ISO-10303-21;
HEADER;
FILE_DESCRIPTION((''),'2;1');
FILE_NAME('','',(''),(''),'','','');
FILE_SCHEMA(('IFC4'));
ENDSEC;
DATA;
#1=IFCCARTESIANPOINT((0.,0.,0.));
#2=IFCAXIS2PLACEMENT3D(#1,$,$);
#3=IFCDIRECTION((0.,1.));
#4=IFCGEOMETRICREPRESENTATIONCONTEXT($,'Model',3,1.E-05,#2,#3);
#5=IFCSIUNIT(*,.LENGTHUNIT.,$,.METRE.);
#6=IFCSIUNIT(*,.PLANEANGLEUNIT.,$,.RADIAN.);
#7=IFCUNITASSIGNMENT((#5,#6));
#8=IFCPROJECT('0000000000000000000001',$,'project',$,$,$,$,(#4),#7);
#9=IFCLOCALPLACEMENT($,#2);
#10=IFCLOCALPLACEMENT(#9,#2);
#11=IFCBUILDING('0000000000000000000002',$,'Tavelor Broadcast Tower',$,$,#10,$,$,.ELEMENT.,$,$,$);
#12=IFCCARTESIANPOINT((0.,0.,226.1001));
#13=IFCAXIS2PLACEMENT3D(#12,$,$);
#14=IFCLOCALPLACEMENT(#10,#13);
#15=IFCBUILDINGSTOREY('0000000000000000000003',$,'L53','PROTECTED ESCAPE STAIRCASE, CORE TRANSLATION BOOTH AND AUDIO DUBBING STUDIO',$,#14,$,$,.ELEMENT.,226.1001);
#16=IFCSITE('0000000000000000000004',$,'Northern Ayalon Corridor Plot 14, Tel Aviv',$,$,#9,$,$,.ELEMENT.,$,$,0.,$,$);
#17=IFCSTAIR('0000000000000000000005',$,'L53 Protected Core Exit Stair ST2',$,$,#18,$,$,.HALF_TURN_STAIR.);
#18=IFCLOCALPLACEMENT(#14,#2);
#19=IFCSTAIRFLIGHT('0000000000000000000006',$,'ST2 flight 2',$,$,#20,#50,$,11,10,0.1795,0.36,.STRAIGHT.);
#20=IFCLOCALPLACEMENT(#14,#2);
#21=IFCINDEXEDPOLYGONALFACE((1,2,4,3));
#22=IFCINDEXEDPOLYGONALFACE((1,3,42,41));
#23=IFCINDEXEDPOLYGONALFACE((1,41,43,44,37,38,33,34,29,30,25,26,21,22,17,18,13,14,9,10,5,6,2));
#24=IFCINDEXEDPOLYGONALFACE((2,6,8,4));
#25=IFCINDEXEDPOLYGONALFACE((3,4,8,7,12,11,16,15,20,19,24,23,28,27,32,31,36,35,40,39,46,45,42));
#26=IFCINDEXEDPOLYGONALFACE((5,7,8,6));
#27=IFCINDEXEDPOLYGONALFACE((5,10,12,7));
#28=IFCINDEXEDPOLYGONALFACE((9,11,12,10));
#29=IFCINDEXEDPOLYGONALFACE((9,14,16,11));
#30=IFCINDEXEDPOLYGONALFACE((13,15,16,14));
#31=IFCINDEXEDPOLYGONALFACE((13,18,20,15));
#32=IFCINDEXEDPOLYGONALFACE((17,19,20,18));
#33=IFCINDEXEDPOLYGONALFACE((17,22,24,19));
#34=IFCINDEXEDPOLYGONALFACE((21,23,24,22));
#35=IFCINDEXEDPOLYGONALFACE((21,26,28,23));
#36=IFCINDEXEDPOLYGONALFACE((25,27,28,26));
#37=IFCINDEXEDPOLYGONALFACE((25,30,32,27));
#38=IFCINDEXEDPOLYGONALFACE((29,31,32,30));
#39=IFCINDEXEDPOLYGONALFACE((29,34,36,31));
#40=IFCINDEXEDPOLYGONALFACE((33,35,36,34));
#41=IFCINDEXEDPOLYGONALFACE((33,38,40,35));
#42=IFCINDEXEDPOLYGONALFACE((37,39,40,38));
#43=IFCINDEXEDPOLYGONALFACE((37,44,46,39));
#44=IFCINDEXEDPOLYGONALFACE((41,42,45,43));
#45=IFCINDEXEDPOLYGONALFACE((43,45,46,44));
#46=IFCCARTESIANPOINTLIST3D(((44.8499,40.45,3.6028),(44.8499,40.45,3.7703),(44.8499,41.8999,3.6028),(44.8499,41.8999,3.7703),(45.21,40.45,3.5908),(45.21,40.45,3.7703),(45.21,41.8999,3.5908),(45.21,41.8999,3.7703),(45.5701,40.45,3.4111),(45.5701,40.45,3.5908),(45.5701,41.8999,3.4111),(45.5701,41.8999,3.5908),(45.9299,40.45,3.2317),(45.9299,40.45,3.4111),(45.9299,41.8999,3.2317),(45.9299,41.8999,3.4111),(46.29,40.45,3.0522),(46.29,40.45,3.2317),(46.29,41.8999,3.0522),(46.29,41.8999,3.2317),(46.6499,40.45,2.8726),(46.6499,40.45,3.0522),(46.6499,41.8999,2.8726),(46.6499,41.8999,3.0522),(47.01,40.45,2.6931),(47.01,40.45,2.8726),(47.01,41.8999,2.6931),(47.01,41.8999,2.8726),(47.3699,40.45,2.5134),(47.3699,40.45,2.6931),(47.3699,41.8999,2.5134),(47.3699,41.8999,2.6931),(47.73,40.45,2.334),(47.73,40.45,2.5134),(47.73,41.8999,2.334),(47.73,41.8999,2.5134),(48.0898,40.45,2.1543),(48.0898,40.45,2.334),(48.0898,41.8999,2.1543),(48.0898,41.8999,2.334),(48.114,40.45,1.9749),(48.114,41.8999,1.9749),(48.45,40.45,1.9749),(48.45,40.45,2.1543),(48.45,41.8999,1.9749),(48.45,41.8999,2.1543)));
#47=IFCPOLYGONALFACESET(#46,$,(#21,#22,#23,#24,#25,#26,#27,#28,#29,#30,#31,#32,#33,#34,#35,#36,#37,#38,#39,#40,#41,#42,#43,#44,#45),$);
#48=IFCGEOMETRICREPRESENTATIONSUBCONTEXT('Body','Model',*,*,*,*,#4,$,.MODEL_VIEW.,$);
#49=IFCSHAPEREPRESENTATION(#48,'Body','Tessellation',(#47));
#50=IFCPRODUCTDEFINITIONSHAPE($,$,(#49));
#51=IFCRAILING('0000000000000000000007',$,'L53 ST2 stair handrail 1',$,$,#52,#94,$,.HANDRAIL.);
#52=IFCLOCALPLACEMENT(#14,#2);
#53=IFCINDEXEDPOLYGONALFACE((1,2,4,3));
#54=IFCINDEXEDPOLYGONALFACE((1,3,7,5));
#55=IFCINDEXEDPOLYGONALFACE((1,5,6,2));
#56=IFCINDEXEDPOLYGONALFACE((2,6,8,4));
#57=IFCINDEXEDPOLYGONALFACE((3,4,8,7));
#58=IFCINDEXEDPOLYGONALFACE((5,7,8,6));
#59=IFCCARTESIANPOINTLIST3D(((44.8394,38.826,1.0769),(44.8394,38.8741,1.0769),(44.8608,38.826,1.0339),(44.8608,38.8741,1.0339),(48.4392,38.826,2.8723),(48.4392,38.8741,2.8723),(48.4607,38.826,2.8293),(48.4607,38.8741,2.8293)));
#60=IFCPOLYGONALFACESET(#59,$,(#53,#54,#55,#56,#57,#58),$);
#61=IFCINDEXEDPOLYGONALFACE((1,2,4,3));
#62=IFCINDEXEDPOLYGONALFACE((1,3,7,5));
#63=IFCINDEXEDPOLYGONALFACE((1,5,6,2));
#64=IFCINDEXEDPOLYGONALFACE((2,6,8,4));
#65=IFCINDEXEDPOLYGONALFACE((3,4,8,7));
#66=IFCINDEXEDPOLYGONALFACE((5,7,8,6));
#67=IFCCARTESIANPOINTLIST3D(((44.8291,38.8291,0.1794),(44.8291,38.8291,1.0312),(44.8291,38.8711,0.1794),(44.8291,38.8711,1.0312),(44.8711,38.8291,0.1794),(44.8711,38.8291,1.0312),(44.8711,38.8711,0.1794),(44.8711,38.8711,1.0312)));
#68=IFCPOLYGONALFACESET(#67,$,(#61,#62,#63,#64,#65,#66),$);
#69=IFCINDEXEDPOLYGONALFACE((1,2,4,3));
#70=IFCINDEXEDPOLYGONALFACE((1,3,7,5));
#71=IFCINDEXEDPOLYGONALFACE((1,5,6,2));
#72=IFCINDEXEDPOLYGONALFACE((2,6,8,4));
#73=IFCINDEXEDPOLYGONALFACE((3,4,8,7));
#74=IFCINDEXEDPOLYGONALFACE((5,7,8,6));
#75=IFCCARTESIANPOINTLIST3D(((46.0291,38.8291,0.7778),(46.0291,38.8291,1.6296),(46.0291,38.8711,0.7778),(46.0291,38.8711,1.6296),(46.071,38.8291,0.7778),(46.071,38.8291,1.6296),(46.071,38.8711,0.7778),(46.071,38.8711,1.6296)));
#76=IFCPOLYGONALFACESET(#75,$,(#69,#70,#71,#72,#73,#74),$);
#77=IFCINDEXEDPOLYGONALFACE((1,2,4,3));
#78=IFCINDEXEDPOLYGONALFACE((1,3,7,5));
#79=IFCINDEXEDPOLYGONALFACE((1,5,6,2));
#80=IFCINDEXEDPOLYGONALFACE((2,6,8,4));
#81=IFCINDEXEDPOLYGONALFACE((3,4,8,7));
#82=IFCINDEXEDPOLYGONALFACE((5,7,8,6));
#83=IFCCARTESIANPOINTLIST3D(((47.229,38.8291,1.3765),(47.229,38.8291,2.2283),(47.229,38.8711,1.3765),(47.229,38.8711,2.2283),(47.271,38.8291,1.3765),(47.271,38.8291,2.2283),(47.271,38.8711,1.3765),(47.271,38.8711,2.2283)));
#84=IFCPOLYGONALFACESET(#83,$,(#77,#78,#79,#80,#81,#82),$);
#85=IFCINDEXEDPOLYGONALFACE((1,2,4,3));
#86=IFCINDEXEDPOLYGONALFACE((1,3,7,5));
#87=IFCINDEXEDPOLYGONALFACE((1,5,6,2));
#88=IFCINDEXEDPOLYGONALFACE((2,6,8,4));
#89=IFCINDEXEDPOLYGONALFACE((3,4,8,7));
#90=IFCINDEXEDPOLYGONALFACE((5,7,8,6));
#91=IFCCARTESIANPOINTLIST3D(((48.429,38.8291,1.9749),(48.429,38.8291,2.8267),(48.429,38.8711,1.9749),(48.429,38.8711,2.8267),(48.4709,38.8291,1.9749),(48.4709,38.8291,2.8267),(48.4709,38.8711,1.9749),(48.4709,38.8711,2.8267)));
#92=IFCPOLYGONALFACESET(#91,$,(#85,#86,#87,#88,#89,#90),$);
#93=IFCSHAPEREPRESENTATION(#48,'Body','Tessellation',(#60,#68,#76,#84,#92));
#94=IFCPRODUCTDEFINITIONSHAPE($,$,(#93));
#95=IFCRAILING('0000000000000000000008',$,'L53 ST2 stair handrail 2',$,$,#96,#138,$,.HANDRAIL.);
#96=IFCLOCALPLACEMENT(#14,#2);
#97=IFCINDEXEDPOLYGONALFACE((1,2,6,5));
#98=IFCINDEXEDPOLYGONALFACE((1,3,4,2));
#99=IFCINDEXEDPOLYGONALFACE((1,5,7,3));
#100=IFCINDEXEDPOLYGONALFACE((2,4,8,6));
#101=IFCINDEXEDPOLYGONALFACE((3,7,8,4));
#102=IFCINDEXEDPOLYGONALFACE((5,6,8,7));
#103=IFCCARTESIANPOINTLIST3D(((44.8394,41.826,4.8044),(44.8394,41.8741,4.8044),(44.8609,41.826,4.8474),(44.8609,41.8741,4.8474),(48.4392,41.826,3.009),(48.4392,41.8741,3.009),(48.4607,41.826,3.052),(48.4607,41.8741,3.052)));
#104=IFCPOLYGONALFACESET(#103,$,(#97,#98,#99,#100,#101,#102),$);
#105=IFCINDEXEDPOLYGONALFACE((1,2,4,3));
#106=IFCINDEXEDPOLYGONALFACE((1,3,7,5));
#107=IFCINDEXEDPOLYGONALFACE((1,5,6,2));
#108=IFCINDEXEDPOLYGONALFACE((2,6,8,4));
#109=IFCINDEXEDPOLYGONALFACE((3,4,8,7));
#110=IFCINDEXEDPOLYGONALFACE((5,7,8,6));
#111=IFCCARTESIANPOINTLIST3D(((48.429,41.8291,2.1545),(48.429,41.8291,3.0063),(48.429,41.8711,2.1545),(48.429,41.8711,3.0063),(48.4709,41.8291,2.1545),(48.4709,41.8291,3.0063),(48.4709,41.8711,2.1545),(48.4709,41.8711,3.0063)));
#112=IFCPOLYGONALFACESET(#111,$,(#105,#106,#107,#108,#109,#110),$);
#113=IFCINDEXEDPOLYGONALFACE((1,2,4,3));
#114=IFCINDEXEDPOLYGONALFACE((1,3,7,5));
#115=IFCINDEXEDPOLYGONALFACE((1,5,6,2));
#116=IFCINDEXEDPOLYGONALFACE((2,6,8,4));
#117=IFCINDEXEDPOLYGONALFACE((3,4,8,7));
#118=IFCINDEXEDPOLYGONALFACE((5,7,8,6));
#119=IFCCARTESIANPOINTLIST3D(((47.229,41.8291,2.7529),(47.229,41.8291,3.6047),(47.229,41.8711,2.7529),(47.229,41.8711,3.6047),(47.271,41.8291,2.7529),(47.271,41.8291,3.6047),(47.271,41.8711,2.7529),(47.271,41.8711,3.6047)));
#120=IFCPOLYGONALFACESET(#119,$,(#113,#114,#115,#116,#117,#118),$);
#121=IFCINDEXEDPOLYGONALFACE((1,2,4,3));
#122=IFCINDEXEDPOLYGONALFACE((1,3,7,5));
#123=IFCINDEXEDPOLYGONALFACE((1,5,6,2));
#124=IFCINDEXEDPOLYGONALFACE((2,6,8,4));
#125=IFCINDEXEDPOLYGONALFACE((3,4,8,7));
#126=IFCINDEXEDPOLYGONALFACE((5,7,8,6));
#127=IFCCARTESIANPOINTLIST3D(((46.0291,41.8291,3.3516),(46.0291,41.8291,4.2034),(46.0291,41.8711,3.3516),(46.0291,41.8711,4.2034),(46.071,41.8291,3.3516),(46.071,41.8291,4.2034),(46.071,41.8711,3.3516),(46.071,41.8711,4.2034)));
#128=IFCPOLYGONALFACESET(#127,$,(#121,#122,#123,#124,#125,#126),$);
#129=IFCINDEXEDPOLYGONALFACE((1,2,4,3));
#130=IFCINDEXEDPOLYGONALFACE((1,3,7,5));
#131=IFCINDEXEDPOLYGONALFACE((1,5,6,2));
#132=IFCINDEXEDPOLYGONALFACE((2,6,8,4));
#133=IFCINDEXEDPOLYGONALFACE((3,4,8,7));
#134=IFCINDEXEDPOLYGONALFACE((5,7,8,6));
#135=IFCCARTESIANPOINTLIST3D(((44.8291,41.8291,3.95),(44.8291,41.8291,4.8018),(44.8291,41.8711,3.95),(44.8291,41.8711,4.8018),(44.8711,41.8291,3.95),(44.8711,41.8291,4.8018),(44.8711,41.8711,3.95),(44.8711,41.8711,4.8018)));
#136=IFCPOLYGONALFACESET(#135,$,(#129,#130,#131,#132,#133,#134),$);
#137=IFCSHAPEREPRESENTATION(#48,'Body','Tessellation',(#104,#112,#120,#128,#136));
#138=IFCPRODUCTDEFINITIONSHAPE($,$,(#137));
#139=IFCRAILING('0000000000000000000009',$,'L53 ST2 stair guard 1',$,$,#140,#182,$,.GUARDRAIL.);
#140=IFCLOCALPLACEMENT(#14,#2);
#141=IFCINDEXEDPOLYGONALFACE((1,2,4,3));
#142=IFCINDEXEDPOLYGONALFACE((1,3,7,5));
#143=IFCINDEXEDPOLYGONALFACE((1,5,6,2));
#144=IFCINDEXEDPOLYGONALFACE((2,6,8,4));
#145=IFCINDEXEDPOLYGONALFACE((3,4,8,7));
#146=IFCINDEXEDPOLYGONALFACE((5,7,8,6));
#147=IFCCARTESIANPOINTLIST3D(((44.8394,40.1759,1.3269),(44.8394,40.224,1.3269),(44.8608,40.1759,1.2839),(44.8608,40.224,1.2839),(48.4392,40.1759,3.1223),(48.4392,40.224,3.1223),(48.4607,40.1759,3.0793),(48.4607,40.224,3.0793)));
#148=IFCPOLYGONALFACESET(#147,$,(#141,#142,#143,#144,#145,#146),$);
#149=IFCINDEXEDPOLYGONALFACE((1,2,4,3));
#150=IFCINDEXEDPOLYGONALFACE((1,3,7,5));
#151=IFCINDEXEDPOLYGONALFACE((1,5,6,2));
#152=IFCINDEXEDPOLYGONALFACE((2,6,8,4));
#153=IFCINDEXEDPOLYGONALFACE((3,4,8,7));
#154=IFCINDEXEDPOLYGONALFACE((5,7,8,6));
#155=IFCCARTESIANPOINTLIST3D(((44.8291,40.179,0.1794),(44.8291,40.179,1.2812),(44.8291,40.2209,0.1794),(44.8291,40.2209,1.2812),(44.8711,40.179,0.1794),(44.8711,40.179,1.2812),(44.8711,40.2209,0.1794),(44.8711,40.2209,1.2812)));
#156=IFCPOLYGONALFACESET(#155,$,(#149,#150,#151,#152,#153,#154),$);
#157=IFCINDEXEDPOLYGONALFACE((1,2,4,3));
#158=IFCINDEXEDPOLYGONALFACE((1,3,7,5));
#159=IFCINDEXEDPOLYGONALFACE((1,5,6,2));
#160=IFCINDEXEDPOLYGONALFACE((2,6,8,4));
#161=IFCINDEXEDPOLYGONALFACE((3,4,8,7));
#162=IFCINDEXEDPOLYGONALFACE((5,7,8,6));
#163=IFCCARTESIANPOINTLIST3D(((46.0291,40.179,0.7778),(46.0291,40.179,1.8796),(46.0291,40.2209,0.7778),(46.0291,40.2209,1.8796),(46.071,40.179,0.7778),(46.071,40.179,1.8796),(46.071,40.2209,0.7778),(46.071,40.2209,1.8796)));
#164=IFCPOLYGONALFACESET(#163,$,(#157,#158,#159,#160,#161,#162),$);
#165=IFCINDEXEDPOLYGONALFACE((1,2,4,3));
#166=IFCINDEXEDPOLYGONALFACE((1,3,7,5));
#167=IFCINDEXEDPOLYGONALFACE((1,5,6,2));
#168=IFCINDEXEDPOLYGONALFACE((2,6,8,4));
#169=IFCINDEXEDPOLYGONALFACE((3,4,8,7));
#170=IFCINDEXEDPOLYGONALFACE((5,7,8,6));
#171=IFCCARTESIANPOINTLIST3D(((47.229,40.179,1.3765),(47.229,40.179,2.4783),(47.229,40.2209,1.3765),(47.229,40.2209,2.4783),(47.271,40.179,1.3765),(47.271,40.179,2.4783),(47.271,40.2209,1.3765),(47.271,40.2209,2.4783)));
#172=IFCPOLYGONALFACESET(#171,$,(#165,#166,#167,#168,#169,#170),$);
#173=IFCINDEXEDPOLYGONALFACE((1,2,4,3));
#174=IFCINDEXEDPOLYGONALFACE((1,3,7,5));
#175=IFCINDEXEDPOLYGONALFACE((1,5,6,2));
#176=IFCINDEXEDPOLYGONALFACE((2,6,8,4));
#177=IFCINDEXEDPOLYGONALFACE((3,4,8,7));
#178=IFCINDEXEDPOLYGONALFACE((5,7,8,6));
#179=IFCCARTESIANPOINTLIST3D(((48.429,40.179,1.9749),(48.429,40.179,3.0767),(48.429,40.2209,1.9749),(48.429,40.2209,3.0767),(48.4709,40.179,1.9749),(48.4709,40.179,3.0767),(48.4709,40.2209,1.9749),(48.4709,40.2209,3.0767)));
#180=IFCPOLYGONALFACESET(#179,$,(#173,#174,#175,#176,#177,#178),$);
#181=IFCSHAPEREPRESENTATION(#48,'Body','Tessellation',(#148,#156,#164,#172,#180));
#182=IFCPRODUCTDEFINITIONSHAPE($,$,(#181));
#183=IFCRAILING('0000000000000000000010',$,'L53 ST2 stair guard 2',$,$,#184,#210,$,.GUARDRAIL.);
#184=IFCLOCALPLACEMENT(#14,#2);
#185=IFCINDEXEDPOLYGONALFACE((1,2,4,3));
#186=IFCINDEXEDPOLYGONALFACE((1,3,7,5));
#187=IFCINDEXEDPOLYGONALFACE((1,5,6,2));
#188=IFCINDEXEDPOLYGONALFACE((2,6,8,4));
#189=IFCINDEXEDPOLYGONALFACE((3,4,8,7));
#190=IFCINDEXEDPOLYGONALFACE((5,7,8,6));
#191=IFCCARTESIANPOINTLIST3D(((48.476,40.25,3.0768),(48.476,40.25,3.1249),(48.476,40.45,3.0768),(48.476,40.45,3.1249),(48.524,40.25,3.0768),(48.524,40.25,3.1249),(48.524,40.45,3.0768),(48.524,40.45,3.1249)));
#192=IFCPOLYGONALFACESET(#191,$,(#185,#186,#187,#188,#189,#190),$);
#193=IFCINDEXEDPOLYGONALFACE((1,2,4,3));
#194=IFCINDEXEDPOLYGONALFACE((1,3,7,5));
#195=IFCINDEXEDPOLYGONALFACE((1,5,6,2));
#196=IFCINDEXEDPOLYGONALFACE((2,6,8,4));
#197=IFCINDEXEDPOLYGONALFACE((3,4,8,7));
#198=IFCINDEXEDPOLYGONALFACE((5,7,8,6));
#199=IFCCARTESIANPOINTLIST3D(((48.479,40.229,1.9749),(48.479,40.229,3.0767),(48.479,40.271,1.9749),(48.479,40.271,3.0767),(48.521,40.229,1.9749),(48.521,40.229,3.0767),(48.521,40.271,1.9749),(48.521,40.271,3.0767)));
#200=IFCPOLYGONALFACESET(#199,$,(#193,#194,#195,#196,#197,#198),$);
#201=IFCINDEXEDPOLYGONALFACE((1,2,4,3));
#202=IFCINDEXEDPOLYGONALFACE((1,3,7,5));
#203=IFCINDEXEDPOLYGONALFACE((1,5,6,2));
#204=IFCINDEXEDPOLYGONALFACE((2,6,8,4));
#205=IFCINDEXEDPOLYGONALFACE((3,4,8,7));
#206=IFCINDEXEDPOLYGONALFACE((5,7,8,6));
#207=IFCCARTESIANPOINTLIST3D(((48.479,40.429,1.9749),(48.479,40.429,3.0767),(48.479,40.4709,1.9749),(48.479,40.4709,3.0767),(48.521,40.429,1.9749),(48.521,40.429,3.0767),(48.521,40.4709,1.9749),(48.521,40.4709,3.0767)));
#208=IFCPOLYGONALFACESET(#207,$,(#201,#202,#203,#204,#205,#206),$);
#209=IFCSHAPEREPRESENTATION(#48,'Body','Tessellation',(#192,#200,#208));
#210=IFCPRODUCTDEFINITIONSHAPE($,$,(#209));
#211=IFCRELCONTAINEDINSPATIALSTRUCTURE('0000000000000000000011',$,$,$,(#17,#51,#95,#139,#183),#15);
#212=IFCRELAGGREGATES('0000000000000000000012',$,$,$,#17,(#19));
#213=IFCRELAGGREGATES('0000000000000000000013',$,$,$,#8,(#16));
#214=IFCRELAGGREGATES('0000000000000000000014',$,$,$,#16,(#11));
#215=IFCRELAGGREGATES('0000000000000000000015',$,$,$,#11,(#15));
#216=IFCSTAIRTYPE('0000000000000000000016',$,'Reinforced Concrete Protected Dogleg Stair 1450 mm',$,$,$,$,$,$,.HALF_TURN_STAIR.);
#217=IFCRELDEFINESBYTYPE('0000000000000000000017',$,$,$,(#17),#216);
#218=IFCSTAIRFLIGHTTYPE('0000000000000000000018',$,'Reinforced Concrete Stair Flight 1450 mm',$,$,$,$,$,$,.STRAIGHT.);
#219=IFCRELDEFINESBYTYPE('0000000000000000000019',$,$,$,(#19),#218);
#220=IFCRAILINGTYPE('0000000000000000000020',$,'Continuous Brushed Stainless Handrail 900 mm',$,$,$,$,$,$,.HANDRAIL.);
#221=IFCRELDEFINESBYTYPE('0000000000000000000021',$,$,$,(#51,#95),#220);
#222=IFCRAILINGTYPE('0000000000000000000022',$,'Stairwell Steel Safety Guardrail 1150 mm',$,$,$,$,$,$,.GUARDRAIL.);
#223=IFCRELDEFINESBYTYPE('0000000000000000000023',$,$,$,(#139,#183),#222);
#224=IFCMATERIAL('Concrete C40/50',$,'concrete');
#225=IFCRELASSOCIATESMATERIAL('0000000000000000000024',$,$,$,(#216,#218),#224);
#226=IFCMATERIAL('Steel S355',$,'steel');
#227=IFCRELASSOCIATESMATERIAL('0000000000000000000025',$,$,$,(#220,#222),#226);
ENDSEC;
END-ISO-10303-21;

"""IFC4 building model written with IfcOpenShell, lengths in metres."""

from ifc_helpers import new_model, si_unit, direction, frame, origin, origin_2d, place, context, subcontext, project, spatial, polyline, rectangle, outline, extrude, material, type_object, element, aggregate, save


model = new_model("IFC4")

# Units and contexts
model_context = context("Model", 3, precision=1e-05, world=origin(), true_north=direction((0.0, 1.0)))
body_context = subcontext(model_context, "Body", "Model", "MODEL_VIEW")
ifc_project = project(units=[si_unit("LENGTHUNIT", "METRE"), si_unit("PLANEANGLEUNIT", "RADIAN")], contexts=[model_context])

# Site, building, storey
site_placement = place(None, origin())
site = spatial("IfcSite", under=ifc_project, at=site_placement, Name="Northern Ayalon Corridor Plot 14, Tel Aviv", CompositionType="ELEMENT", RefElevation=0.0)
building_placement = place(site_placement, origin())
building = spatial("IfcBuilding", under=site, at=building_placement, Name="Tavelor Broadcast Tower", CompositionType="ELEMENT")
storey_placement = place(building_placement, frame((0.0, 0.0, 226.1001)))
storey = spatial("IfcBuildingStorey", under=building, at=storey_placement, Name="L53", Description="PROTECTED ESCAPE STAIRCASE, CORE TRANSLATION BOOTH AND AUDIO DUBBING STUDIO", CompositionType="ELEMENT", Elevation=226.1001)

# Shared definitions
ifc_material_1 = material(Name="Concrete C40/50", Category="concrete")
ifc_material_2 = material(Name="Steel S355", Category="steel")

# Stair, stair flight
stair_type = type_object("IfcStairType", Name="Reinforced Concrete Protected Dogleg Stair 1450 mm", PredefinedType="HALF_TURN_STAIR", material=ifc_material_1)
stair_placement = place(storey_placement, origin())
stair = element("IfcStair", 1, at=stair_placement, inside=storey, type_object=stair_type, Name="L53 Protected Core Exit Stair ST2", PredefinedType="HALF_TURN_STAIR")
stair_flight_type = type_object("IfcStairFlightType", Name="Reinforced Concrete Stair Flight 1450 mm", PredefinedType="STRAIGHT", material=ifc_material_1)
stair_flight_1_placement = place(storey_placement, frame((48.45, 41.175, 1.9749), z_axis=(0.0, 0.0, 1.0), x_axis=(-1.0, 0.0, 0.0)))
stair_flight_1 = element("IfcStairFlight", 2, at=stair_flight_1_placement, type_object=stair_flight_type, Name="ST2 flight 2", NumberOfRisers=11, NumberOfTreads=10, PredefinedType="STRAIGHT", RiserHeight=0.1795, TreadLength=0.36, context=body_context, shape_type="SweptSolid", body=[
    extrude(outline(polyline([(0.0, 0.0), (0.0, 0.1794), (0.3601, 0.1794), (0.3601, 0.3591), (0.72, 0.3591), (0.72, 0.5386), (1.0801, 0.5386), (1.0801, 0.7183), (1.4399, 0.7183), (1.4399, 0.8977), (1.8, 0.8977), (1.8, 1.0774), (2.1599, 1.0774), (2.1599, 1.2568), (2.52, 1.2568), (2.52, 1.4363), (2.8799, 1.4363), (2.8799, 1.616), (3.24, 1.616), (3.24, 1.7954), (3.6001, 1.7954), (3.6001, 1.9751), (3.6001, 1.6279), (0.3359, 0.0), (0.0, 0.0)])), frame((0.0, 0.7251, 0.0), z_axis=(0.0, -1.0, 0.0), x_axis=(1.0, 0.0, 0.0)), (0.0, 0.0, 1.0), 1.45),
])
aggregate(stair, [stair_flight_1])

# Railings
railing_type_1 = type_object("IfcRailingType", Name="Continuous Brushed Stainless Handrail 900 mm", PredefinedType="HANDRAIL", material=ifc_material_2)
railing_1_placement = place(storey_placement, frame((44.8501, 38.8501, 0.1794)))
element("IfcRailing", 3, at=railing_1_placement, inside=storey, type_object=railing_type_1, Name="L53 ST2 stair handrail 1", PredefinedType="HANDRAIL", context=body_context, shape_type="SweptSolid", body=[
    extrude(rectangle(XDim=0.0481, YDim=0.0481, at=origin_2d()), frame((0.0, 0.0, 0.876), z_axis=(0.894876, 0.0, 0.446315), x_axis=(0.0, 1.0, 0.0)), (0.0, 0.0, 1.0), 4.0227),
    extrude(rectangle(XDim=0.042, YDim=0.042, at=origin_2d()), origin(), (0.0, 0.0, 1.0), 0.8518),
    extrude(rectangle(XDim=0.042, YDim=0.042, at=origin_2d()), frame((1.2, 0.0, 0.5984)), (0.0, 0.0, 1.0), 0.8518),
    extrude(rectangle(XDim=0.042, YDim=0.042, at=origin_2d()), frame((2.3999, 0.0, 1.197)), (0.0, 0.0, 1.0), 0.8518),
    extrude(rectangle(XDim=0.042, YDim=0.042, at=origin_2d()), frame((3.5999, 0.0, 1.7954)), (0.0, 0.0, 1.0), 0.8518),
])
railing_2_placement = place(storey_placement, frame((48.45, 41.8501, 2.1545)))
element("IfcRailing", 4, at=railing_2_placement, inside=storey, type_object=railing_type_1, Name="L53 ST2 stair handrail 2", PredefinedType="HANDRAIL", context=body_context, shape_type="SweptSolid", body=[
    extrude(rectangle(XDim=0.0481, YDim=0.0481, at=origin_2d()), frame((0.0, 0.0, 0.876), z_axis=(-0.894876, 0.0, 0.446315), x_axis=(0.0, -1.0, 0.0)), (0.0, 0.0, 1.0), 4.0227),
    extrude(rectangle(XDim=0.042, YDim=0.042, at=origin_2d()), origin(), (0.0, 0.0, 1.0), 0.8518),
    extrude(rectangle(XDim=0.042, YDim=0.042, at=origin_2d()), frame((-1.2, 0.0, 0.5984)), (0.0, 0.0, 1.0), 0.8518),
    extrude(rectangle(XDim=0.042, YDim=0.042, at=origin_2d()), frame((-2.3999, 0.0, 1.197)), (0.0, 0.0, 1.0), 0.8518),
    extrude(rectangle(XDim=0.042, YDim=0.042, at=origin_2d()), frame((-3.5999, 0.0, 1.7954)), (0.0, 0.0, 1.0), 0.8518),
])
railing_type_2 = type_object("IfcRailingType", Name="Stairwell Steel Safety Guardrail 1150 mm", PredefinedType="GUARDRAIL", material=ifc_material_2)
railing_3_placement = place(storey_placement, frame((44.8501, 40.2, 0.1794)))
element("IfcRailing", 5, at=railing_3_placement, inside=storey, type_object=railing_type_2, Name="L53 ST2 stair guard 1", PredefinedType="GUARDRAIL", context=body_context, shape_type="SweptSolid", body=[
    extrude(rectangle(XDim=0.0481, YDim=0.0481, at=origin_2d()), frame((0.0, 0.0, 1.126), z_axis=(0.894876, 0.0, 0.446315), x_axis=(0.0, 1.0, 0.0)), (0.0, 0.0, 1.0), 4.0227),
    extrude(rectangle(XDim=0.042, YDim=0.042, at=origin_2d()), origin(), (0.0, 0.0, 1.0), 1.1018),
    extrude(rectangle(XDim=0.042, YDim=0.042, at=origin_2d()), frame((1.2, 0.0, 0.5984)), (0.0, 0.0, 1.0), 1.1018),
    extrude(rectangle(XDim=0.042, YDim=0.042, at=origin_2d()), frame((2.3999, 0.0, 1.197)), (0.0, 0.0, 1.0), 1.1018),
    extrude(rectangle(XDim=0.042, YDim=0.042, at=origin_2d()), frame((3.5999, 0.0, 1.7954)), (0.0, 0.0, 1.0), 1.1018),
])
railing_4_placement = place(storey_placement, frame((48.5, 40.25, 1.9749)))
element("IfcRailing", 6, at=railing_4_placement, inside=storey, type_object=railing_type_2, Name="L53 ST2 stair guard 2", PredefinedType="GUARDRAIL", context=body_context, shape_type="SweptSolid", body=[
    extrude(rectangle(XDim=0.0481, YDim=0.0481, at=origin_2d()), frame((0.0, 0.0, 1.126), z_axis=(0.0, 1.0, 0.0), x_axis=(-1.0, 0.0, 0.0)), (0.0, 0.0, 1.0), 0.2),
    extrude(rectangle(XDim=0.042, YDim=0.042, at=origin_2d()), origin(), (0.0, 0.0, 1.0), 1.1018),
    extrude(rectangle(XDim=0.042, YDim=0.042, at=origin_2d()), frame((0.0, 0.2, 0.0)), (0.0, 0.0, 1.0), 1.1018),
])

save(model, "model.ifc")
